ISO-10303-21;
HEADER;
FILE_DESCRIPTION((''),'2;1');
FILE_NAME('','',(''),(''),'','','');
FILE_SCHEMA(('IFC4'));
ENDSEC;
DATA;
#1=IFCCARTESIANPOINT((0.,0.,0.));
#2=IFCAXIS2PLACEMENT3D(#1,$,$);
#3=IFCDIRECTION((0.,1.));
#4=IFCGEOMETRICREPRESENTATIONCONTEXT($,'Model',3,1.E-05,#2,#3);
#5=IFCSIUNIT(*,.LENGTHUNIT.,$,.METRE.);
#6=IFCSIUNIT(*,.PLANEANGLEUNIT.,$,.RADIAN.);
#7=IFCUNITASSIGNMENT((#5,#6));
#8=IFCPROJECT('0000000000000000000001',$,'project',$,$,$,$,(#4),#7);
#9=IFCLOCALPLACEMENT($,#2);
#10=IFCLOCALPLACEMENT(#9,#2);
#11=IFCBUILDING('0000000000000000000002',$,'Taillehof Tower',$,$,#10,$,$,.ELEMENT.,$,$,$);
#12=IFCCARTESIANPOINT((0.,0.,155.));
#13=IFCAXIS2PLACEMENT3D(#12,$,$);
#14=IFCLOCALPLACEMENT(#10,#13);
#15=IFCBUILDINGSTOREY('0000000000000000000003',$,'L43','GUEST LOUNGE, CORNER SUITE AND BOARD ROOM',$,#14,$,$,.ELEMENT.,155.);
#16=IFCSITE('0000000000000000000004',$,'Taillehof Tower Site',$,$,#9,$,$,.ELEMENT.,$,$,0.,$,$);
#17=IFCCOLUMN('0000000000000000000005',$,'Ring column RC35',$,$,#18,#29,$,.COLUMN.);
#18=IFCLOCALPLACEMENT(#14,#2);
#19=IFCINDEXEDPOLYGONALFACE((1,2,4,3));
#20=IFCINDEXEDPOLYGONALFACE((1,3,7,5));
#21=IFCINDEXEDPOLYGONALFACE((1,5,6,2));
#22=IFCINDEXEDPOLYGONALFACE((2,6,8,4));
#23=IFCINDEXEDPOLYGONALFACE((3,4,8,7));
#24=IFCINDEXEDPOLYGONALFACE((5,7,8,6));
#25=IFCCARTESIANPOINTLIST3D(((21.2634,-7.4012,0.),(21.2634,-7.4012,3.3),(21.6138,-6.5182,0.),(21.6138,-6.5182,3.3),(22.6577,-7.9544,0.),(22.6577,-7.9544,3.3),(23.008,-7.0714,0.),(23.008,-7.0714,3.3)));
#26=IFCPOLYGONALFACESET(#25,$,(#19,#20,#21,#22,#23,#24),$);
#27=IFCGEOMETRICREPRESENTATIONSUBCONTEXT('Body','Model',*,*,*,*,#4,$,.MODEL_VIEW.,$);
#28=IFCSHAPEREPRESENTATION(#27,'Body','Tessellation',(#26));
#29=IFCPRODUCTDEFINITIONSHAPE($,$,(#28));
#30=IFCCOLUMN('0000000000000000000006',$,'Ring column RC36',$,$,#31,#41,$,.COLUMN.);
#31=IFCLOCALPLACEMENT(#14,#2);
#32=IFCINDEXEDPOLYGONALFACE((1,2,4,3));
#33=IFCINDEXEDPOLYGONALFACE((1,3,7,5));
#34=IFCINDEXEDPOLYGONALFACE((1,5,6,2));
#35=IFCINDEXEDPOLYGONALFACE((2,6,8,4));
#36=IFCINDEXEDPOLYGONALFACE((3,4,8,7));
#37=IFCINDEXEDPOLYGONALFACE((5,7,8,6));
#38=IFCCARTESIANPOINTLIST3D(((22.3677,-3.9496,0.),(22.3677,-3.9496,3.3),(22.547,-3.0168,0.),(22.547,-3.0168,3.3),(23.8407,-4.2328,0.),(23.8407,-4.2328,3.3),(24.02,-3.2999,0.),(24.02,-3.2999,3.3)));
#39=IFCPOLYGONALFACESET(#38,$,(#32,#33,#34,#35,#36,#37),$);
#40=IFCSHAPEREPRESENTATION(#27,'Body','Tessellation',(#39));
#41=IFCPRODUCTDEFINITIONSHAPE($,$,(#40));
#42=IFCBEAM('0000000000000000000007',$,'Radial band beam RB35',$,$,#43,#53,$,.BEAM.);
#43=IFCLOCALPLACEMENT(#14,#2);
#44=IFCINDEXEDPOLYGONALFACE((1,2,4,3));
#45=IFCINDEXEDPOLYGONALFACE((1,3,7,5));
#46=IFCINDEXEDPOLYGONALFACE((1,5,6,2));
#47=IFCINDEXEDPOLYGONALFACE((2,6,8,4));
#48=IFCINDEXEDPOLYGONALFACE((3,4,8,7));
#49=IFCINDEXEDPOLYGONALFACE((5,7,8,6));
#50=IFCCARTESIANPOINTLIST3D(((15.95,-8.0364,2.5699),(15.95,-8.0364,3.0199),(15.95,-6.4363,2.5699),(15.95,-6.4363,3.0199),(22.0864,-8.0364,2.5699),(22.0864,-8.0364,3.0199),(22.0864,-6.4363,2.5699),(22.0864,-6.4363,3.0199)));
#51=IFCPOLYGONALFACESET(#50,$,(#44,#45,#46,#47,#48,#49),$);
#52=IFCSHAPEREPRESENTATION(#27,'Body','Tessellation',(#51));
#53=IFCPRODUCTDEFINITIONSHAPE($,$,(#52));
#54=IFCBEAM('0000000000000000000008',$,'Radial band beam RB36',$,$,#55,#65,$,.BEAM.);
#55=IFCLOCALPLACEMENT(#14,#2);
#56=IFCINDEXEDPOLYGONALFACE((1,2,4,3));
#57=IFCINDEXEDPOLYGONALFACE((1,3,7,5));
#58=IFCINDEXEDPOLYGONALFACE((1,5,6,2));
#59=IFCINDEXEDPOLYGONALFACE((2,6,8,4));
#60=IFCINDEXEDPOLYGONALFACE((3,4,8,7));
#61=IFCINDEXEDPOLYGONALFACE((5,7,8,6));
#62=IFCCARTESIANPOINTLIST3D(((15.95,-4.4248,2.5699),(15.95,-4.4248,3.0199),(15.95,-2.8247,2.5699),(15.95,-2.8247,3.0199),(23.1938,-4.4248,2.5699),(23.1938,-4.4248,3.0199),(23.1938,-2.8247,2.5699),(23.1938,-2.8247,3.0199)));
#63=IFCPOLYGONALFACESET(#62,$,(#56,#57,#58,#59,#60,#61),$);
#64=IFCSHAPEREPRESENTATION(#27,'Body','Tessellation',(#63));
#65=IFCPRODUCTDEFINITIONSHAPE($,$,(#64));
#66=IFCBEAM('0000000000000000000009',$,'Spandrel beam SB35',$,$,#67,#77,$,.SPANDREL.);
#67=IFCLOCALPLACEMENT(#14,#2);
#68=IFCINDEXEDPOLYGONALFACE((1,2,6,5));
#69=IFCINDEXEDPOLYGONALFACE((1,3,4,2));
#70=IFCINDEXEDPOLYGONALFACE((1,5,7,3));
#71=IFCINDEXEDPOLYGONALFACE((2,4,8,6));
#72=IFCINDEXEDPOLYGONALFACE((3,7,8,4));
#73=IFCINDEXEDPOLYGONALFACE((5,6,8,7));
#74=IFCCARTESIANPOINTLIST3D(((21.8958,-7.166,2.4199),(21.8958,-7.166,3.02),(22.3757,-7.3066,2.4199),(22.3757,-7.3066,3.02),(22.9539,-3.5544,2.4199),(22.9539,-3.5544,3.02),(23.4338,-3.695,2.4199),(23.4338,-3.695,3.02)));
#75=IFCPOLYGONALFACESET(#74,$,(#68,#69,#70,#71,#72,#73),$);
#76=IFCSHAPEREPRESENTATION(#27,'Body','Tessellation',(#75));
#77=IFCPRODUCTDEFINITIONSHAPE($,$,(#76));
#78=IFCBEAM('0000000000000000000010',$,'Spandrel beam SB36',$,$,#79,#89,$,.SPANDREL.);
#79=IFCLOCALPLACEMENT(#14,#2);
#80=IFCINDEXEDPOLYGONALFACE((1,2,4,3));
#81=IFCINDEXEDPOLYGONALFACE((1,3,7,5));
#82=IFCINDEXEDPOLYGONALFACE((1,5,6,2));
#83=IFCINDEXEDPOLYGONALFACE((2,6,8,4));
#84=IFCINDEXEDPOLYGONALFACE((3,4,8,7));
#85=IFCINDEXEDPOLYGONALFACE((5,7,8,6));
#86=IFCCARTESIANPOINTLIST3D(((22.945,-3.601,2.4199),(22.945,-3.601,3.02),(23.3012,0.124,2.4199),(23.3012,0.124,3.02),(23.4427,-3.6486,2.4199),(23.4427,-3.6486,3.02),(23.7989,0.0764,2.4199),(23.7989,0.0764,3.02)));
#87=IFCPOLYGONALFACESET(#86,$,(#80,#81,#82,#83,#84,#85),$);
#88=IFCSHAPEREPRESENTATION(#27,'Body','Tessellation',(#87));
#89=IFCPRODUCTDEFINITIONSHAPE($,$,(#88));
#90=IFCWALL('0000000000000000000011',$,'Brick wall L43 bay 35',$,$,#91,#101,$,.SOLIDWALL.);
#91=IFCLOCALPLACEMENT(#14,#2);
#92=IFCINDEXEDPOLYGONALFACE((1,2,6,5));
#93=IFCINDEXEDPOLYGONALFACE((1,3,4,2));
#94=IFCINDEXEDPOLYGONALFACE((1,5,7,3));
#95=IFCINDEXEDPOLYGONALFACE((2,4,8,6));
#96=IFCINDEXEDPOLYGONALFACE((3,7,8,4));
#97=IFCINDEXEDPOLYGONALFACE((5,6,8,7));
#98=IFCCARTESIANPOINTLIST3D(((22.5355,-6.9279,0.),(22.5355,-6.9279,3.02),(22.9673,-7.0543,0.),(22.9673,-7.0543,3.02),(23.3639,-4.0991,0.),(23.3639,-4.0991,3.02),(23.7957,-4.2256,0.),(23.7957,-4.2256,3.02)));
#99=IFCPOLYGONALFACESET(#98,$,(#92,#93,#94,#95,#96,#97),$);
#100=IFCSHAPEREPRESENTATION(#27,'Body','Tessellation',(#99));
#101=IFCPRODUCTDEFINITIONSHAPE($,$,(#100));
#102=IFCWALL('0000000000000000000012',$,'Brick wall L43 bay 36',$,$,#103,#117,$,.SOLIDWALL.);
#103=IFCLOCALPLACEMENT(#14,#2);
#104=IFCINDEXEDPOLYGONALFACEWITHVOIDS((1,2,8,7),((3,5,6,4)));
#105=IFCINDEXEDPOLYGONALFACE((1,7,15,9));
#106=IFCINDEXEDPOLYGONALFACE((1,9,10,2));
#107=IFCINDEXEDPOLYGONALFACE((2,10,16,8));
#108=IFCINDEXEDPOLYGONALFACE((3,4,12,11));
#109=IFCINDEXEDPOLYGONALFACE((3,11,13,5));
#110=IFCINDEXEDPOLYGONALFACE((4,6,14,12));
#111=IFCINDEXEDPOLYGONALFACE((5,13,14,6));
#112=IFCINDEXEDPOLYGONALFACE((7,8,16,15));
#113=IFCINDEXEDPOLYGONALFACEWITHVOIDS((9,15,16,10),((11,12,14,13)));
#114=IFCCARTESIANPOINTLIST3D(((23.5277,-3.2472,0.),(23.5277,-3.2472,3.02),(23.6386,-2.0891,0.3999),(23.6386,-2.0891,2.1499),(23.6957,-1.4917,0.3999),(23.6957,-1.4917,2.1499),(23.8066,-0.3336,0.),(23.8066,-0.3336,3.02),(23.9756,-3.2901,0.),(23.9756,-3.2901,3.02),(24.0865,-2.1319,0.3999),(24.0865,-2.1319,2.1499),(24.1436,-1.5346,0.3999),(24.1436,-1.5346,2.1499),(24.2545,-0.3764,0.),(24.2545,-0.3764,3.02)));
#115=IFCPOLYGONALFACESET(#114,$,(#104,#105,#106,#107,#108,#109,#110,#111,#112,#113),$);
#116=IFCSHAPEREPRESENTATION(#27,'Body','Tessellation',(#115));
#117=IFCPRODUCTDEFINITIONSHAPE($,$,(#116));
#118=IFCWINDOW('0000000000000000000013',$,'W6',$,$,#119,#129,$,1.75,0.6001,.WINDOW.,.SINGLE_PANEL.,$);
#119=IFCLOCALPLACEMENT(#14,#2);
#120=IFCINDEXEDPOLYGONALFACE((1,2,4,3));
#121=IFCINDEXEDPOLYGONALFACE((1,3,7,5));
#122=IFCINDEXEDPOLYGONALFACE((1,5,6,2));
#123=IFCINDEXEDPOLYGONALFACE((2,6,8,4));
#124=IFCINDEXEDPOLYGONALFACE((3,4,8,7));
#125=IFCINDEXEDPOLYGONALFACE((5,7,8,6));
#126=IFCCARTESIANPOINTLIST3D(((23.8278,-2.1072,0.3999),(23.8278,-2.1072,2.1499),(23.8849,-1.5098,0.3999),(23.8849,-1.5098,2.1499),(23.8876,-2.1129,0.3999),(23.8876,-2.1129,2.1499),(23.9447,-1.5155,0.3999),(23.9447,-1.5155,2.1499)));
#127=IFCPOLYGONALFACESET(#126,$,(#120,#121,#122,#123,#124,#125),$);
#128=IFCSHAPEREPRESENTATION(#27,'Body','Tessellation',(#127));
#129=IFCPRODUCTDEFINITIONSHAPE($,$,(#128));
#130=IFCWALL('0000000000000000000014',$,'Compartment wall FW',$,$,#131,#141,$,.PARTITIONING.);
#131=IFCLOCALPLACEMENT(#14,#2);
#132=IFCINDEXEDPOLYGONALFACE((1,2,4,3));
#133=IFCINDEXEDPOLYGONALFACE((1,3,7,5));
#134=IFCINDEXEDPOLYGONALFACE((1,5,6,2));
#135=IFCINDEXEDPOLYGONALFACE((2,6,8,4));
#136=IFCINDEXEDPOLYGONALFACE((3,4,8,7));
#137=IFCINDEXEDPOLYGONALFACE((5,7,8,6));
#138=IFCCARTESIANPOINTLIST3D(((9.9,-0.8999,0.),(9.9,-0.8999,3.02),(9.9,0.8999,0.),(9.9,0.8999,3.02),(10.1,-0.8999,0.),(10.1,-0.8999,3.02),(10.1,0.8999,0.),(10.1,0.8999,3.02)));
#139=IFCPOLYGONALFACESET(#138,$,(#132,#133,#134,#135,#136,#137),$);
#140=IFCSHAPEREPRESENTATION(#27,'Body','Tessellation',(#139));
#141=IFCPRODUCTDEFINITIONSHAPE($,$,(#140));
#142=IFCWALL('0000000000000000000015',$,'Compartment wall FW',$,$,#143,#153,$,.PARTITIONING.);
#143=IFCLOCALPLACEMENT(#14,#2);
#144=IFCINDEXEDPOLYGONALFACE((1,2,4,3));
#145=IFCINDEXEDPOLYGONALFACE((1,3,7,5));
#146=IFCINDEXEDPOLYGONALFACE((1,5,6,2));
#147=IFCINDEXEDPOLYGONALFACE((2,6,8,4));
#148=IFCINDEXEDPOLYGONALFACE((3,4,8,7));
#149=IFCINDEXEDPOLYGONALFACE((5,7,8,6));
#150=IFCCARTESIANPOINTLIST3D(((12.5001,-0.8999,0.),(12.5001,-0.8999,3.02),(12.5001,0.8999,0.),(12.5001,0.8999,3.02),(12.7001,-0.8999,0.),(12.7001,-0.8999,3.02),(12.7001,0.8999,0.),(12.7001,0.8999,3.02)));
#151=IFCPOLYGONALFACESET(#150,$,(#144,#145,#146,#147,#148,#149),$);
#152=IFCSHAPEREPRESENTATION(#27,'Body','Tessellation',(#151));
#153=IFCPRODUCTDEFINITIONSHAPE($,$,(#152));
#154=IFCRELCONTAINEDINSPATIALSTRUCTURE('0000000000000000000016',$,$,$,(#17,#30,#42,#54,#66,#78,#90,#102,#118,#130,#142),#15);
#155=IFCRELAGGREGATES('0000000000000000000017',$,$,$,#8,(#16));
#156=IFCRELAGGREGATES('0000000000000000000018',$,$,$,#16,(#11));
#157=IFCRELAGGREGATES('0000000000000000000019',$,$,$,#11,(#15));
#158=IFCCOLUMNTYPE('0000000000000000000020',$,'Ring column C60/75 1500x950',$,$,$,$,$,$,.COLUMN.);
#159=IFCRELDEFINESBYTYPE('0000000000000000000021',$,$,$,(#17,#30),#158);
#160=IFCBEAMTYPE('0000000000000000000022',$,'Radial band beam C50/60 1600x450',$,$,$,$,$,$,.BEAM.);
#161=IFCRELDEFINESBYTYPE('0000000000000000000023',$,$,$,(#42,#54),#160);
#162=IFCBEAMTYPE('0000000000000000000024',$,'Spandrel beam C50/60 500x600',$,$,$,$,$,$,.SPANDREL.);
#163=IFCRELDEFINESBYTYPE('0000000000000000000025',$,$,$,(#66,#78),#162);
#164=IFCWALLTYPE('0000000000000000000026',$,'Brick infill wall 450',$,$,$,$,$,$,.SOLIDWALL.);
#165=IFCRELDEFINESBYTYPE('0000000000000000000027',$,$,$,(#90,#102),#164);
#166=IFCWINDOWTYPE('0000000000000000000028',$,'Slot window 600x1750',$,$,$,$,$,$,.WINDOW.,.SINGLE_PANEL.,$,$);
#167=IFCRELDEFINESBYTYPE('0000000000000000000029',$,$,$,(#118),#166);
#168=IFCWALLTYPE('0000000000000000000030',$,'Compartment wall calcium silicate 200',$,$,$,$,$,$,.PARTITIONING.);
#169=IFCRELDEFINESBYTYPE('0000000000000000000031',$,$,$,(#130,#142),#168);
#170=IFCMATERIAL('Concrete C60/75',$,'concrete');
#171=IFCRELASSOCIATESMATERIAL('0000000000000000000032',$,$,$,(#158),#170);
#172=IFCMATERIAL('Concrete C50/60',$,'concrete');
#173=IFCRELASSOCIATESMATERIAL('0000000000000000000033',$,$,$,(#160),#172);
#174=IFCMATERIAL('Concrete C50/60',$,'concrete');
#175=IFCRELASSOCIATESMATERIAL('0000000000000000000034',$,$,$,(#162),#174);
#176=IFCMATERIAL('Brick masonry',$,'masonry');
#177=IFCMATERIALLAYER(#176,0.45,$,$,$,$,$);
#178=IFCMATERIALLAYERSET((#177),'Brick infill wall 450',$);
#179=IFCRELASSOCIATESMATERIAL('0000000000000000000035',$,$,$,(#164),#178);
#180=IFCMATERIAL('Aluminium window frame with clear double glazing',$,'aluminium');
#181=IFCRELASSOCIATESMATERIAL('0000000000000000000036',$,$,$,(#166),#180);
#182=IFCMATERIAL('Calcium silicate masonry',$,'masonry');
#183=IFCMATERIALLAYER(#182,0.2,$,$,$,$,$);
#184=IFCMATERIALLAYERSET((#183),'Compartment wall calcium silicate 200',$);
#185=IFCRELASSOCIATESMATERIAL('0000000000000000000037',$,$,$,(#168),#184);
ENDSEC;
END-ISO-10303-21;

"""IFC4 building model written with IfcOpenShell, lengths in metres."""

from ifc_helpers import new_model, si_unit, direction, frame, frame_2d, origin, origin_2d, place, context, subcontext, project, spatial, rectangle, extrude, material, layer, layer_set, material_profile, profile_set, type_object, element, fill, save


model = new_model("IFC4")

# Units and contexts
model_context = context("Model", 3, precision=1e-05, world=origin(), true_north=direction((0.0, 1.0)))
body_context = subcontext(model_context, "Body", "Model", "MODEL_VIEW")
ifc_project = project(units=[si_unit("LENGTHUNIT", "METRE"), si_unit("PLANEANGLEUNIT", "RADIAN")], contexts=[model_context])

# Site, building, storey
site_placement = place(None, origin())
site = spatial("IfcSite", under=ifc_project, at=site_placement, Name="Taillehof Tower Site", CompositionType="ELEMENT", RefElevation=0.0)
building_placement = place(site_placement, origin())
building = spatial("IfcBuilding", under=site, at=building_placement, Name="Taillehof Tower", CompositionType="ELEMENT")
storey_placement = place(building_placement, frame((0.0, 0.0, 155.0)))
storey = spatial("IfcBuildingStorey", under=building, at=storey_placement, Name="L43", Description="GUEST LOUNGE, CORNER SUITE AND BOARD ROOM", CompositionType="ELEMENT", Elevation=155.0)

# Columns
ifc_material_1 = material(Name="Concrete C60/75", Category="concrete")
ifc_material_profile_1 = material_profile(ifc_material_1, rectangle(XDim=1.5, YDim=0.95, at=origin_2d()), Name="RC 1500x950")
ifc_profile_set_1 = profile_set([ifc_material_profile_1], Name="Concrete C60/75")
column_type = type_object("IfcColumnType", Name="Ring column C60/75 1500x950", PredefinedType="COLUMN", material=ifc_profile_set_1)
for number, where, z_axis, x_axis, name in (
    (1, (22.1357, -7.2363, 0.0), (0.0, 0.0, 1.0), (0.929511, -0.368793, 0.0), "Ring column RC35"),
    (2, (23.1938, -3.6248, 0.0), (0.0, 0.0, 1.0), (0.982024, -0.188757, 0.0), "Ring column RC36"),
):
    element("IfcColumn", number, at=place(storey_placement, frame(where, z_axis=z_axis, x_axis=x_axis)), inside=storey, type_object=column_type, Name=name, PredefinedType="COLUMN", context=body_context, shape_type="SweptSolid", body=[
        extrude(rectangle(XDim=1.5, YDim=0.95, at=origin_2d()), origin(), (0.0, 0.0, 1.0), 3.3),
    ])

# Beams
ifc_material_2 = material(Name="Concrete C50/60", Category="concrete")
ifc_material_profile_2 = material_profile(ifc_material_2, rectangle(XDim=1.6001, YDim=0.45, at=origin_2d()), Name="RC 1600x450")
ifc_profile_set_2 = profile_set([ifc_material_profile_2], Name="Concrete C50/60")
beam_type_1 = type_object("IfcBeamType", Name="Radial band beam C50/60 1600x450", PredefinedType="BEAM", material=ifc_profile_set_2)
beam_1_placement = place(storey_placement, frame((22.0864, -7.2363, 2.7949), z_axis=(-1.0, 0.0, 0.0), x_axis=(0.0, -1.0, 0.0)))
element("IfcBeam", 3, at=beam_1_placement, inside=storey, type_object=beam_type_1, Name="Radial band beam RB35", PredefinedType="BEAM", context=body_context, shape_type="SweptSolid", body=[
    extrude(rectangle(XDim=1.6001, YDim=0.45, at=origin_2d()), origin(), (0.0, 0.0, 1.0), 6.1365),
])
beam_2_placement = place(storey_placement, frame((23.1938, -3.6248, 2.7949), z_axis=(-1.0, 0.0, 0.0), x_axis=(0.0, -1.0, 0.0)))
element("IfcBeam", 4, at=beam_2_placement, inside=storey, type_object=beam_type_1, Name="Radial band beam RB36", PredefinedType="BEAM", context=body_context, shape_type="SweptSolid", body=[
    extrude(rectangle(XDim=1.6001, YDim=0.45, at=origin_2d()), origin(), (0.0, 0.0, 1.0), 7.2439),
])
ifc_material_3 = material(Name="Concrete C50/60", Category="concrete")
ifc_material_profile_3 = material_profile(ifc_material_3, rectangle(XDim=0.5, YDim=0.6001, at=origin_2d()), Name="RC 500x600")
ifc_profile_set_3 = profile_set([ifc_material_profile_3], Name="Concrete C50/60")
beam_type_2 = type_object("IfcBeamType", Name="Spandrel beam C50/60 500x600", PredefinedType="SPANDREL", material=ifc_profile_set_3)
beam_3_placement = place(storey_placement, frame((22.1357, -7.2363, 2.72), z_axis=(0.281158, 0.959661, 0.0), x_axis=(-0.959661, 0.281158, 0.0)))
element("IfcBeam", 5, at=beam_3_placement, inside=storey, type_object=beam_type_2, Name="Spandrel beam SB35", PredefinedType="SPANDREL", context=body_context, shape_type="SweptSolid", body=[
    extrude(rectangle(XDim=0.5, YDim=0.6001, at=origin_2d()), origin(), (0.0, 0.0, 1.0), 3.7634),
])
beam_4_placement = place(storey_placement, frame((23.1938, -3.6248, 2.72), z_axis=(0.095194, 0.995459, 0.0), x_axis=(-0.995459, 0.095194, 0.0)))
element("IfcBeam", 6, at=beam_4_placement, inside=storey, type_object=beam_type_2, Name="Spandrel beam SB36", PredefinedType="SPANDREL", context=body_context, shape_type="SweptSolid", body=[
    extrude(rectangle(XDim=0.5, YDim=0.6001, at=origin_2d()), origin(), (0.0, 0.0, 1.0), 3.7419),
])

# Wall
ifc_material_4 = material(Name="Brick masonry", Category="masonry")
ifc_layer_1 = layer(ifc_material_4, 0.45)
ifc_layer_set_1 = layer_set([ifc_layer_1], Name="Brick infill wall 450")
wall_type_1 = type_object("IfcWallType", Name="Brick infill wall 450", PredefinedType="SOLIDWALL", material=ifc_layer_set_1)
wall_1_placement = place(storey_placement, frame((22.7515, -6.991, 0.0), z_axis=(0.0, 0.0, 1.0), x_axis=(0.281049, 0.959693, 0.0)))
element("IfcWall", 7, at=wall_1_placement, inside=storey, type_object=wall_type_1, Name="Brick wall L43 bay 35", PredefinedType="SOLIDWALL", context=body_context, shape_type="SweptSolid", body=[
    extrude(rectangle(XDim=2.9475, YDim=0.45, at=frame_2d((1.4736, 0.0))), origin(), (0.0, 0.0, 1.0), 3.02),
])

# Wall, opening, window
wall_2_placement = place(storey_placement, frame((23.7517, -3.2686, 0.0), z_axis=(0.0, 0.0, 1.0), x_axis=(0.095258, 0.995453, 0.0)))
wall_2 = element("IfcWall", 8, at=wall_2_placement, inside=storey, type_object=wall_type_1, Name="Brick wall L43 bay 36", PredefinedType="SOLIDWALL", context=body_context, shape_type="SweptSolid", body=[
    extrude(rectangle(XDim=2.927, YDim=0.45, at=frame_2d((1.4634, 0.0))), origin(), (0.0, 0.0, 1.0), 3.02),
])
opening_1_placement = place(wall_2_placement, frame((1.1633, 0.0, 0.3999)))
opening_1 = element("IfcOpeningElement", 9, at=opening_1_placement, cuts=wall_2, PredefinedType="OPENING", context=body_context, shape_type="SweptSolid", body=[
    extrude(rectangle(XDim=0.6001, YDim=1.75, at=frame_2d((0.3, 0.875))), frame((0.0, 0.2349, 0.0), z_axis=(0.0, -1.0, 0.0), x_axis=(1.0, 0.0, 0.0)), (0.0, 0.0, 1.0), 0.47),
])
ifc_material_5 = material(Name="Aluminium window frame with clear double glazing", Category="aluminium")
window_type = type_object("IfcWindowType", Name="Slot window 600x1750", PartitioningType="SINGLE_PANEL", PredefinedType="WINDOW", material=ifc_material_5)
window_placement = place(opening_1_placement, origin())
window = element("IfcWindow", 10, at=window_placement, inside=storey, type_object=window_type, Name="W6", OverallHeight=1.75, OverallWidth=0.6001, PartitioningType="SINGLE_PANEL", PredefinedType="WINDOW", context=body_context, shape_type="SweptSolid", body=[
    extrude(rectangle(XDim=0.6001, YDim=1.75, at=frame_2d((0.3, 0.875))), frame((0.0, 0.0349, 0.0), z_axis=(0.0, -1.0, 0.0), x_axis=(1.0, 0.0, 0.0)), (0.0, 0.0, 1.0), 0.0601),
])
fill(opening_1, window)

# Walls
ifc_material_6 = material(Name="Calcium silicate masonry", Category="masonry")
ifc_layer_2 = layer(ifc_material_6, 0.2)
ifc_layer_set_2 = layer_set([ifc_layer_2], Name="Compartment wall calcium silicate 200")
wall_type_2 = type_object("IfcWallType", Name="Compartment wall calcium silicate 200", PredefinedType="PARTITIONING", material=ifc_layer_set_2)
for number, where, z_axis, x_axis, name in (
    (11, (10.0, -0.8999, 0.0), (0.0, 0.0, 1.0), (0.0, 1.0, 0.0), "Compartment wall FW"),
    (12, (12.6001, -0.8999, 0.0), (0.0, 0.0, 1.0), (0.0, 1.0, 0.0), "Compartment wall FW"),
):
    element("IfcWall", number, at=place(storey_placement, frame(where, z_axis=z_axis, x_axis=x_axis)), inside=storey, type_object=wall_type_2, Name=name, PredefinedType="PARTITIONING", context=body_context, shape_type="SweptSolid", body=[
        extrude(rectangle(XDim=1.7998, YDim=0.2, at=frame_2d((0.8999, 0.0))), origin(), (0.0, 0.0, 1.0), 3.02),
    ])

save(model, "model.ifc")
